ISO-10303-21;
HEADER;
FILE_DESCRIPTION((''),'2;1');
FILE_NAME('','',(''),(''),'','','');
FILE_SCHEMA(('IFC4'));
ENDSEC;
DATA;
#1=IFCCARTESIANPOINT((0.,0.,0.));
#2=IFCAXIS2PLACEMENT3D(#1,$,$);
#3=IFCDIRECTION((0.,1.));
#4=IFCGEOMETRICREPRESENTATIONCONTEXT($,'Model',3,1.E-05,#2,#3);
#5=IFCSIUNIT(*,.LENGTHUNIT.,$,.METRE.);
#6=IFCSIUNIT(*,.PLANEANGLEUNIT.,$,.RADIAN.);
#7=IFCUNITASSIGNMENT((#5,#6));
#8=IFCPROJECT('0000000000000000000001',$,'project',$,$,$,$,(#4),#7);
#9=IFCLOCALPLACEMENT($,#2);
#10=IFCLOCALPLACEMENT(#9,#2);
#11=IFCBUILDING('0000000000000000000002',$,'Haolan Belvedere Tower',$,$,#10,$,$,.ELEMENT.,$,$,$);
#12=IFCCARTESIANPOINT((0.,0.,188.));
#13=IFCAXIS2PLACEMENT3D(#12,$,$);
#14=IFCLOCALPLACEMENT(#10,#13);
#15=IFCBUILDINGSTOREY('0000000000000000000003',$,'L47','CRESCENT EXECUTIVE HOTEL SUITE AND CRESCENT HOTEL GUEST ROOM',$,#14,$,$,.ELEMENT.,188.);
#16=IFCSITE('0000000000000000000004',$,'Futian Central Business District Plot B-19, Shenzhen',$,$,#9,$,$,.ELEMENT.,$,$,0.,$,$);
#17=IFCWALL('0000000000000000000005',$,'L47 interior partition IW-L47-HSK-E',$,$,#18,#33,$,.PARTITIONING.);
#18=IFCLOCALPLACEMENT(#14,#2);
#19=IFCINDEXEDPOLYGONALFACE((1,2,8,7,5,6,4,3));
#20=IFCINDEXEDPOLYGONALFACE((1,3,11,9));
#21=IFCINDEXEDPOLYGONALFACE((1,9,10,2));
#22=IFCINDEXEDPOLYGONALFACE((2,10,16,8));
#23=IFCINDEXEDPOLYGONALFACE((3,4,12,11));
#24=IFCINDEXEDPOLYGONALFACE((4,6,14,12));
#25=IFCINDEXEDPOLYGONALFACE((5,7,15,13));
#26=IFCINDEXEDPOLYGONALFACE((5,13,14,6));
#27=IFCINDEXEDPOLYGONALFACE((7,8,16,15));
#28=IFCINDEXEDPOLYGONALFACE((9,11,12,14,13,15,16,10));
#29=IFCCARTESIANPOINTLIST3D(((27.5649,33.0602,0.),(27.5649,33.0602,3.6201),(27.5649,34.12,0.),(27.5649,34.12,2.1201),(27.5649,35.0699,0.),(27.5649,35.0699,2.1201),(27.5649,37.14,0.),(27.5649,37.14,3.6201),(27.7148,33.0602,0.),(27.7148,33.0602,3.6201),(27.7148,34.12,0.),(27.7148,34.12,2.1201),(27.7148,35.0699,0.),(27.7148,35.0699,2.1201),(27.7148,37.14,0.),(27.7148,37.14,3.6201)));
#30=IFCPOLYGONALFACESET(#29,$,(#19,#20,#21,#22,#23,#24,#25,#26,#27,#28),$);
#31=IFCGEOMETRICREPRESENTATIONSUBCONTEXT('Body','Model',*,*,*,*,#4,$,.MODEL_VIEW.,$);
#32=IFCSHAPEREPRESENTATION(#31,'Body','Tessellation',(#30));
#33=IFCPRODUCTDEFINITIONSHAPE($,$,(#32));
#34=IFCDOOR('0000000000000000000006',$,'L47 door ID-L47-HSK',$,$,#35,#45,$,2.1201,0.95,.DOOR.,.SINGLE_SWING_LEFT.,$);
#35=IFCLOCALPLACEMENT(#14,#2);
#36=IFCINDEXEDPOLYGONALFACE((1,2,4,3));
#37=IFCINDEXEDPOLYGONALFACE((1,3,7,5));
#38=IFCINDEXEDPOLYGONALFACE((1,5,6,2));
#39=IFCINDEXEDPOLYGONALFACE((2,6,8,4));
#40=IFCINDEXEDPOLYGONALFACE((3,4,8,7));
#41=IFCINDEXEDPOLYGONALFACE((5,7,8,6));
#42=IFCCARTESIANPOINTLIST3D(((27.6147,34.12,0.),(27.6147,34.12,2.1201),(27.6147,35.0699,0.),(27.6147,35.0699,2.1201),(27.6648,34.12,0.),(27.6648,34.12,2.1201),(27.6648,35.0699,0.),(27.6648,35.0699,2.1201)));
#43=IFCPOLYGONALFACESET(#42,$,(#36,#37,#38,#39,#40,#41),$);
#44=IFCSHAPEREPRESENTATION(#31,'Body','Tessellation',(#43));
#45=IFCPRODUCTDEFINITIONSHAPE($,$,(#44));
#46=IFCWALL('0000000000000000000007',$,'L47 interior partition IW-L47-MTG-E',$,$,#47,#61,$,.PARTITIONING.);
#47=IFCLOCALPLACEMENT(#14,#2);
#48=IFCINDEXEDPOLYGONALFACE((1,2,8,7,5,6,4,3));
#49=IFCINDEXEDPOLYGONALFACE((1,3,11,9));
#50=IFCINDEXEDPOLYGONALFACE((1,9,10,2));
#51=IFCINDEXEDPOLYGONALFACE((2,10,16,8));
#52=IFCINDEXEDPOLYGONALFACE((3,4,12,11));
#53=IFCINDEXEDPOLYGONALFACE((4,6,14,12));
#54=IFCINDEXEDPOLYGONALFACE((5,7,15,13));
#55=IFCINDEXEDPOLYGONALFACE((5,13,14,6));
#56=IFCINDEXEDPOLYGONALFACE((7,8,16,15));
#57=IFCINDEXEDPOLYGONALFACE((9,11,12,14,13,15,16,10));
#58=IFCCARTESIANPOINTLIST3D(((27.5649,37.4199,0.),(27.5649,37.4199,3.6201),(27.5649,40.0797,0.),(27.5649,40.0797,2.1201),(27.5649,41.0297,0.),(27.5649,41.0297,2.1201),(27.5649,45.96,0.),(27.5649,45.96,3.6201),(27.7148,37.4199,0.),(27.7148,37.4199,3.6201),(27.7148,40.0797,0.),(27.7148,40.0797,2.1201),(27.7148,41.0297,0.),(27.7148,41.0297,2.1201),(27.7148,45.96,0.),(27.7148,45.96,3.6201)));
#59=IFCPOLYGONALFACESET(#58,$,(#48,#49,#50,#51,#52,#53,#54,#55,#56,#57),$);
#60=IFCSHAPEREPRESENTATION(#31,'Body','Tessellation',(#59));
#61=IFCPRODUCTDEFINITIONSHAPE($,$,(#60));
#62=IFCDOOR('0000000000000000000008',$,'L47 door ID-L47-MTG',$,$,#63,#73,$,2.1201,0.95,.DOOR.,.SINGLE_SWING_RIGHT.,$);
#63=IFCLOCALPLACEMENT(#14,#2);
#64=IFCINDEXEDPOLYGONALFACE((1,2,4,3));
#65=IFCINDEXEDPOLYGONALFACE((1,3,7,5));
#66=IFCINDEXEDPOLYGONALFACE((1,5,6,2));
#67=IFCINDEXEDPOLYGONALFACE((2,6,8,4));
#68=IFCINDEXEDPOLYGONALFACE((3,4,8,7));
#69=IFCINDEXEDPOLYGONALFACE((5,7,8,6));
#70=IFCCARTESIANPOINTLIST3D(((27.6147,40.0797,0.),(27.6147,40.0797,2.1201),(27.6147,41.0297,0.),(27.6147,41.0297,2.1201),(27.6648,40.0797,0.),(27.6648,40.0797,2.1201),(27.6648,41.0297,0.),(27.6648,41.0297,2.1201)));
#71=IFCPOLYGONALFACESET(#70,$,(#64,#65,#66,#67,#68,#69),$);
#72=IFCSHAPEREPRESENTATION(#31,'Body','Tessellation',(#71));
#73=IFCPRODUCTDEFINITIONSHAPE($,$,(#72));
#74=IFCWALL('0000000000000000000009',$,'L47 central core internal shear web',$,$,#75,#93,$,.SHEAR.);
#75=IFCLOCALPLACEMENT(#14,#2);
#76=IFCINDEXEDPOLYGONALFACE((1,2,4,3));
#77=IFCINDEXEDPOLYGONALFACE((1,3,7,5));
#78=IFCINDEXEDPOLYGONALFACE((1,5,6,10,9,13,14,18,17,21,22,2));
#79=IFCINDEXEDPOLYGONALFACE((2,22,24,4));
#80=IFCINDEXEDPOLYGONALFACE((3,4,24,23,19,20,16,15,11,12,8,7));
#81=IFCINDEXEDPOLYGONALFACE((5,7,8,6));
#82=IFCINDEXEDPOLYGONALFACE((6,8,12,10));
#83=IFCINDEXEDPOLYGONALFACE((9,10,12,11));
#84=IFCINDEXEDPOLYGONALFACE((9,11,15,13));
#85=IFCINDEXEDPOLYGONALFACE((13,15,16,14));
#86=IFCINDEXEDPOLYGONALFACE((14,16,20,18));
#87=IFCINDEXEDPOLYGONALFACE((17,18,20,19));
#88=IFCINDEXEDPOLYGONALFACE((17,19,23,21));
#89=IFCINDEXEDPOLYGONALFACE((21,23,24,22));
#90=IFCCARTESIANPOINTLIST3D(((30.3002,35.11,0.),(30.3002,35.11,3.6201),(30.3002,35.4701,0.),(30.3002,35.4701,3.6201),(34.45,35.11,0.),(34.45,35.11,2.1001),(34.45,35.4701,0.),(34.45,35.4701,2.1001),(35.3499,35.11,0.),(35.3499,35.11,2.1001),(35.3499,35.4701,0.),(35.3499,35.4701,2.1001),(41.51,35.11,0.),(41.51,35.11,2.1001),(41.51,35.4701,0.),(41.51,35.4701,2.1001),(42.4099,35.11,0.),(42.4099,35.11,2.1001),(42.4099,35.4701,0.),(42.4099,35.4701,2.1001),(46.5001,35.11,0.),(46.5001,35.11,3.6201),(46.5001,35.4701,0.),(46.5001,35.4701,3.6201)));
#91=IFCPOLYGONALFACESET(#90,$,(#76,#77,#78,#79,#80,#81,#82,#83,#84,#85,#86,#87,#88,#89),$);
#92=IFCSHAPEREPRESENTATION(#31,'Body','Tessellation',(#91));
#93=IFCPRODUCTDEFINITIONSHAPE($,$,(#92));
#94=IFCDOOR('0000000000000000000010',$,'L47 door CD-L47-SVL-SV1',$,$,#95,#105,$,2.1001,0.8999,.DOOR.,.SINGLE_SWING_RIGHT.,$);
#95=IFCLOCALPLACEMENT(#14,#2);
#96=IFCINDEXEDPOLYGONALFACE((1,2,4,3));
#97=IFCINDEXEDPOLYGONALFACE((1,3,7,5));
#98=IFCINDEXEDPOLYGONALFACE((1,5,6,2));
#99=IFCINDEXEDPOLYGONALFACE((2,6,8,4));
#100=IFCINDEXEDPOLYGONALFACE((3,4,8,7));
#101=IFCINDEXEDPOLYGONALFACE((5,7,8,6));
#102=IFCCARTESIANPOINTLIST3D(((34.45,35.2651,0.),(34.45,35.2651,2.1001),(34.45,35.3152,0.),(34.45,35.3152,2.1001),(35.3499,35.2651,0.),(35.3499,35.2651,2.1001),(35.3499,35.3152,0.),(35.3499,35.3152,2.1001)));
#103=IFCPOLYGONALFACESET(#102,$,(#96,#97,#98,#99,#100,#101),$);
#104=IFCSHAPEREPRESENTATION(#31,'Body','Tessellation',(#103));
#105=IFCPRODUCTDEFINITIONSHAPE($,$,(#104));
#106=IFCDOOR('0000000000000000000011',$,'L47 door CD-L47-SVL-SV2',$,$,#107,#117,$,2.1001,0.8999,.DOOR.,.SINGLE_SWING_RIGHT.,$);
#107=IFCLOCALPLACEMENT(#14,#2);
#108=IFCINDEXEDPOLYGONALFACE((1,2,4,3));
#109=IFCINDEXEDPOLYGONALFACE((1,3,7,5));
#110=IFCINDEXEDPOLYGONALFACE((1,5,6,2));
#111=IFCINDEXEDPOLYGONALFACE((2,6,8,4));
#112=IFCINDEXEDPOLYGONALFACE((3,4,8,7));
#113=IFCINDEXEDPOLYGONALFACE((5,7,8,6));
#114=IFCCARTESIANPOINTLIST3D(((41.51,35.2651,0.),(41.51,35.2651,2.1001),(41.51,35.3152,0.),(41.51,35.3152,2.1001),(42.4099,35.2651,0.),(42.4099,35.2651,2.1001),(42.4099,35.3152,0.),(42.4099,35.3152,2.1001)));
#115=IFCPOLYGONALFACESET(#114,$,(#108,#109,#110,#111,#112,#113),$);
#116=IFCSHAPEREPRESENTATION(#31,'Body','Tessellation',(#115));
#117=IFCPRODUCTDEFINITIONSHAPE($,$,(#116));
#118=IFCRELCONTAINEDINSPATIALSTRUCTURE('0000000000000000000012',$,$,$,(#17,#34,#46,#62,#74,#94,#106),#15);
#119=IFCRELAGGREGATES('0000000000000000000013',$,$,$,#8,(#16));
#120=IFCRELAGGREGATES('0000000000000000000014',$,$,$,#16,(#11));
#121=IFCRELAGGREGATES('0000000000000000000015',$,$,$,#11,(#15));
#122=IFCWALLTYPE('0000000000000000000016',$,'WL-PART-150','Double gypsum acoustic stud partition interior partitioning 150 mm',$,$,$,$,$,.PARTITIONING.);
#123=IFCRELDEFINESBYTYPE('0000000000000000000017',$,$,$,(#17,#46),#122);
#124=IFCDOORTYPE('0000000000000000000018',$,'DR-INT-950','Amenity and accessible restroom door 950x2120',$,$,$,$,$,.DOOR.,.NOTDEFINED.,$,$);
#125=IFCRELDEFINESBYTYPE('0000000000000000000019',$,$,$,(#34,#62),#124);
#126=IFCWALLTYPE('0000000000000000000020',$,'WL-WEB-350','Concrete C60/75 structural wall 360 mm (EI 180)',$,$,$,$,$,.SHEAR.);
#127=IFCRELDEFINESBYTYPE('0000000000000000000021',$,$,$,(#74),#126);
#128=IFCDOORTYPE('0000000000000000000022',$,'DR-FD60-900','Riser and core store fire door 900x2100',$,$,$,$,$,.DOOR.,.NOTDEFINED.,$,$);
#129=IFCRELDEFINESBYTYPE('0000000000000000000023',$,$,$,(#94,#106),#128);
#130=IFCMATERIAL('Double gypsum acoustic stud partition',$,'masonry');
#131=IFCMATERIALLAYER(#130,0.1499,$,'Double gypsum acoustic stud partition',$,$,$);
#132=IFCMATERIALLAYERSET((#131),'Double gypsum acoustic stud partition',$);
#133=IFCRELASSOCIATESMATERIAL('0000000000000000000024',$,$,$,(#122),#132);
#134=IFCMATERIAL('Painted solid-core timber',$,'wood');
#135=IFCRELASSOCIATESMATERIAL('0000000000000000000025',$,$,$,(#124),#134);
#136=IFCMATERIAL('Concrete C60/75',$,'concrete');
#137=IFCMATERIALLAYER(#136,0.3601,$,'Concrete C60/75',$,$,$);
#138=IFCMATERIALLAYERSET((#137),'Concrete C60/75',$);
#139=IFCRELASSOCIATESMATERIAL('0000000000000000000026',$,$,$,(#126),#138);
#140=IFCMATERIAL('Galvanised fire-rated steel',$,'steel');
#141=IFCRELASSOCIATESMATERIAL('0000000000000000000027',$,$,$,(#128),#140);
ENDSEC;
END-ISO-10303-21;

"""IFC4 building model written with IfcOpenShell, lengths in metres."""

from ifc_helpers import new_model, si_unit, direction, frame, frame_2d, origin, place, context, subcontext, project, spatial, rectangle, extrude, material, layer, layer_set, type_object, element, fill, save


model = new_model("IFC4")

# Units and contexts
model_context = context("Model", 3, precision=1e-05, world=origin(), true_north=direction((0.0, 1.0)))
body_context = subcontext(model_context, "Body", "Model", "MODEL_VIEW")
ifc_project = project(units=[si_unit("LENGTHUNIT", "METRE"), si_unit("PLANEANGLEUNIT", "RADIAN")], contexts=[model_context])

# Site, building, storey
site_placement = place(None, origin())
site = spatial("IfcSite", under=ifc_project, at=site_placement, Name="Futian Central Business District Plot B-19, Shenzhen", CompositionType="ELEMENT", RefElevation=0.0)
building_placement = place(site_placement, origin())
building = spatial("IfcBuilding", under=site, at=building_placement, Name="Haolan Belvedere Tower", CompositionType="ELEMENT")
storey_placement = place(building_placement, frame((0.0, 0.0, 188.0)))
storey = spatial("IfcBuildingStorey", under=building, at=storey_placement, Name="L47", Description="CRESCENT EXECUTIVE HOTEL SUITE AND CRESCENT HOTEL GUEST ROOM", CompositionType="ELEMENT", Elevation=188.0)

# Shared definitions
ifc_material_1 = material(Name="Concrete C60/75", Category="concrete")

# Walls, openings, doors
ifc_material_2 = material(Name="Double gypsum acoustic stud partition", Category="masonry")
ifc_layer_1 = layer(ifc_material_2, 0.1499, Name="Double gypsum acoustic stud partition")
ifc_layer_set_1 = layer_set([ifc_layer_1], Name="Double gypsum acoustic stud partition")
wall_type_1 = type_object("IfcWallType", Name="WL-PART-150", Description="Double gypsum acoustic stud partition interior partitioning 150 mm", PredefinedType="PARTITIONING", material=ifc_layer_set_1)
wall_1_placement = place(storey_placement, frame((27.6399, 33.0601, 0.0), z_axis=(0.0, 0.0, 1.0), x_axis=(0.0, 1.0, 0.0)))
wall_1 = element("IfcWall", 1, at=wall_1_placement, inside=storey, type_object=wall_type_1, Name="L47 interior partition IW-L47-HSK-E", PredefinedType="PARTITIONING", context=body_context, shape_type="SweptSolid", body=[
    extrude(rectangle(XDim=4.0798, YDim=0.1499, at=frame_2d((2.04, 0.0))), origin(), (0.0, 0.0, 1.0), 3.6201),
])
opening_1_placement = place(wall_1_placement, frame((2.01, 0.0, 0.0), z_axis=(0.0, 0.0, 1.0), x_axis=(-1.0, 0.0, 0.0)))
opening_1 = element("IfcOpeningElement", 2, at=opening_1_placement, cuts=wall_1, PredefinedType="OPENING", context=body_context, shape_type="SweptSolid", body=[
    extrude(rectangle(XDim=0.95, YDim=2.1201, at=frame_2d((0.4751, 1.0601))), frame((0.0, 0.085, 0.0), z_axis=(0.0, -1.0, 0.0), x_axis=(1.0, 0.0, 0.0)), (0.0, 0.0, 1.0), 0.1699),
])
ifc_material_3 = material(Name="Painted solid-core timber", Category="wood")
door_type_1 = type_object("IfcDoorType", Name="DR-INT-950", Description="Amenity and accessible restroom door 950x2120", OperationType="NOTDEFINED", PredefinedType="DOOR", material=ifc_material_3)
door_1_placement = place(opening_1_placement, origin())
door_1 = element("IfcDoor", 3, at=door_1_placement, inside=storey, type_object=door_type_1, Name="L47 door ID-L47-HSK", OperationType="SINGLE_SWING_LEFT", OverallHeight=2.1201, OverallWidth=0.95, PredefinedType="DOOR", context=body_context, shape_type="SweptSolid", body=[
    extrude(rectangle(XDim=0.95, YDim=2.1201, at=frame_2d((0.4751, 1.0601))), frame((0.0, 0.0249, 0.0), z_axis=(0.0, -1.0, 0.0), x_axis=(1.0, 0.0, 0.0)), (0.0, 0.0, 1.0), 0.05),
])
fill(opening_1, door_1)
wall_2_placement = place(storey_placement, frame((27.6399, 37.4199, 0.0), z_axis=(0.0, 0.0, 1.0), x_axis=(0.0, 1.0, 0.0)))
wall_2 = element("IfcWall", 4, at=wall_2_placement, inside=storey, type_object=wall_type_1, Name="L47 interior partition IW-L47-MTG-E", PredefinedType="PARTITIONING", context=body_context, shape_type="SweptSolid", body=[
    extrude(rectangle(XDim=8.54, YDim=0.1499, at=frame_2d((4.27, 0.0))), origin(), (0.0, 0.0, 1.0), 3.6201),
])
opening_2_placement = place(wall_2_placement, frame((3.6099, 0.0, 0.0), z_axis=(0.0, 0.0, 1.0), x_axis=(-1.0, 0.0, 0.0)))
opening_2 = element("IfcOpeningElement", 5, at=opening_2_placement, cuts=wall_2, PredefinedType="OPENING", context=body_context, shape_type="SweptSolid", body=[
    extrude(rectangle(XDim=0.95, YDim=2.1201, at=frame_2d((0.4751, 1.0601))), frame((0.0, 0.085, 0.0), z_axis=(0.0, -1.0, 0.0), x_axis=(1.0, 0.0, 0.0)), (0.0, 0.0, 1.0), 0.1699),
])
door_2_placement = place(opening_2_placement, origin())
door_2 = element("IfcDoor", 6, at=door_2_placement, inside=storey, type_object=door_type_1, Name="L47 door ID-L47-MTG", OperationType="SINGLE_SWING_RIGHT", OverallHeight=2.1201, OverallWidth=0.95, PredefinedType="DOOR", context=body_context, shape_type="SweptSolid", body=[
    extrude(rectangle(XDim=0.95, YDim=2.1201, at=frame_2d((0.4751, 1.0601))), frame((0.0, 0.0249, 0.0), z_axis=(0.0, -1.0, 0.0), x_axis=(1.0, 0.0, 0.0)), (0.0, 0.0, 1.0), 0.05),
])
fill(opening_2, door_2)

# Wall, openings, doors
ifc_layer_2 = layer(ifc_material_1, 0.3601, Name="Concrete C60/75")
ifc_layer_set_2 = layer_set([ifc_layer_2], Name="Concrete C60/75")
wall_type_2 = type_object("IfcWallType", Name="WL-WEB-350", Description="Concrete C60/75 structural wall 360 mm (EI 180)", PredefinedType="SHEAR", material=ifc_layer_set_2)
wall_3_placement = place(storey_placement, frame((30.3, 35.29, 0.0), z_axis=(0.0, 0.0, 1.0), x_axis=(1.0, 0.0, 0.0)))
wall_3 = element("IfcWall", 7, at=wall_3_placement, inside=storey, type_object=wall_type_2, Name="L47 central core internal shear web", PredefinedType="SHEAR", context=body_context, shape_type="SweptSolid", body=[
    extrude(rectangle(XDim=16.2, YDim=0.3601, at=frame_2d((8.1001, 0.0))), origin(), (0.0, 0.0, 1.0), 3.6201),
])
opening_3_placement = place(wall_3_placement, frame((5.0498, 0.0, 0.0), z_axis=(0.0, 0.0, 1.0), x_axis=(-1.0, 0.0, 0.0)))
opening_3 = element("IfcOpeningElement", 8, at=opening_3_placement, cuts=wall_3, PredefinedType="OPENING", context=body_context, shape_type="SweptSolid", body=[
    extrude(rectangle(XDim=0.8999, YDim=2.1001, at=frame_2d((0.45, 1.05))), frame((0.0, 0.1899, 0.0), z_axis=(0.0, -1.0, 0.0), x_axis=(1.0, 0.0, 0.0)), (0.0, 0.0, 1.0), 0.3801),
])
opening_4_placement = place(wall_3_placement, frame((12.1099, 0.0, 0.0), z_axis=(0.0, 0.0, 1.0), x_axis=(-1.0, 0.0, 0.0)))
opening_4 = element("IfcOpeningElement", 9, at=opening_4_placement, cuts=wall_3, PredefinedType="OPENING", context=body_context, shape_type="SweptSolid", body=[
    extrude(rectangle(XDim=0.8999, YDim=2.1001, at=frame_2d((0.45, 1.05))), frame((0.0, 0.1899, 0.0), z_axis=(0.0, -1.0, 0.0), x_axis=(1.0, 0.0, 0.0)), (0.0, 0.0, 1.0), 0.3801),
])
ifc_material_4 = material(Name="Galvanised fire-rated steel", Category="steel")
door_type_2 = type_object("IfcDoorType", Name="DR-FD60-900", Description="Riser and core store fire door 900x2100", OperationType="NOTDEFINED", PredefinedType="DOOR", material=ifc_material_4)
door_3_placement = place(opening_3_placement, origin())
door_3 = element("IfcDoor", 10, at=door_3_placement, inside=storey, type_object=door_type_2, Name="L47 door CD-L47-SVL-SV1", OperationType="SINGLE_SWING_RIGHT", OverallHeight=2.1001, OverallWidth=0.8999, PredefinedType="DOOR", context=body_context, shape_type="SweptSolid", body=[
    extrude(rectangle(XDim=0.8999, YDim=2.1001, at=frame_2d((0.45, 1.05))), frame((0.0, 0.0249, 0.0), z_axis=(0.0, -1.0, 0.0), x_axis=(1.0, 0.0, 0.0)), (0.0, 0.0, 1.0), 0.05),
])
fill(opening_3, door_3)
door_4_placement = place(opening_4_placement, origin())
door_4 = element("IfcDoor", 11, at=door_4_placement, inside=storey, type_object=door_type_2, Name="L47 door CD-L47-SVL-SV2", OperationType="SINGLE_SWING_RIGHT", OverallHeight=2.1001, OverallWidth=0.8999, PredefinedType="DOOR", context=body_context, shape_type="SweptSolid", body=[
    extrude(rectangle(XDim=0.8999, YDim=2.1001, at=frame_2d((0.45, 1.05))), frame((0.0, 0.0249, 0.0), z_axis=(0.0, -1.0, 0.0), x_axis=(1.0, 0.0, 0.0)), (0.0, 0.0, 1.0), 0.05),
])
fill(opening_4, door_4)

save(model, "model.ifc")
